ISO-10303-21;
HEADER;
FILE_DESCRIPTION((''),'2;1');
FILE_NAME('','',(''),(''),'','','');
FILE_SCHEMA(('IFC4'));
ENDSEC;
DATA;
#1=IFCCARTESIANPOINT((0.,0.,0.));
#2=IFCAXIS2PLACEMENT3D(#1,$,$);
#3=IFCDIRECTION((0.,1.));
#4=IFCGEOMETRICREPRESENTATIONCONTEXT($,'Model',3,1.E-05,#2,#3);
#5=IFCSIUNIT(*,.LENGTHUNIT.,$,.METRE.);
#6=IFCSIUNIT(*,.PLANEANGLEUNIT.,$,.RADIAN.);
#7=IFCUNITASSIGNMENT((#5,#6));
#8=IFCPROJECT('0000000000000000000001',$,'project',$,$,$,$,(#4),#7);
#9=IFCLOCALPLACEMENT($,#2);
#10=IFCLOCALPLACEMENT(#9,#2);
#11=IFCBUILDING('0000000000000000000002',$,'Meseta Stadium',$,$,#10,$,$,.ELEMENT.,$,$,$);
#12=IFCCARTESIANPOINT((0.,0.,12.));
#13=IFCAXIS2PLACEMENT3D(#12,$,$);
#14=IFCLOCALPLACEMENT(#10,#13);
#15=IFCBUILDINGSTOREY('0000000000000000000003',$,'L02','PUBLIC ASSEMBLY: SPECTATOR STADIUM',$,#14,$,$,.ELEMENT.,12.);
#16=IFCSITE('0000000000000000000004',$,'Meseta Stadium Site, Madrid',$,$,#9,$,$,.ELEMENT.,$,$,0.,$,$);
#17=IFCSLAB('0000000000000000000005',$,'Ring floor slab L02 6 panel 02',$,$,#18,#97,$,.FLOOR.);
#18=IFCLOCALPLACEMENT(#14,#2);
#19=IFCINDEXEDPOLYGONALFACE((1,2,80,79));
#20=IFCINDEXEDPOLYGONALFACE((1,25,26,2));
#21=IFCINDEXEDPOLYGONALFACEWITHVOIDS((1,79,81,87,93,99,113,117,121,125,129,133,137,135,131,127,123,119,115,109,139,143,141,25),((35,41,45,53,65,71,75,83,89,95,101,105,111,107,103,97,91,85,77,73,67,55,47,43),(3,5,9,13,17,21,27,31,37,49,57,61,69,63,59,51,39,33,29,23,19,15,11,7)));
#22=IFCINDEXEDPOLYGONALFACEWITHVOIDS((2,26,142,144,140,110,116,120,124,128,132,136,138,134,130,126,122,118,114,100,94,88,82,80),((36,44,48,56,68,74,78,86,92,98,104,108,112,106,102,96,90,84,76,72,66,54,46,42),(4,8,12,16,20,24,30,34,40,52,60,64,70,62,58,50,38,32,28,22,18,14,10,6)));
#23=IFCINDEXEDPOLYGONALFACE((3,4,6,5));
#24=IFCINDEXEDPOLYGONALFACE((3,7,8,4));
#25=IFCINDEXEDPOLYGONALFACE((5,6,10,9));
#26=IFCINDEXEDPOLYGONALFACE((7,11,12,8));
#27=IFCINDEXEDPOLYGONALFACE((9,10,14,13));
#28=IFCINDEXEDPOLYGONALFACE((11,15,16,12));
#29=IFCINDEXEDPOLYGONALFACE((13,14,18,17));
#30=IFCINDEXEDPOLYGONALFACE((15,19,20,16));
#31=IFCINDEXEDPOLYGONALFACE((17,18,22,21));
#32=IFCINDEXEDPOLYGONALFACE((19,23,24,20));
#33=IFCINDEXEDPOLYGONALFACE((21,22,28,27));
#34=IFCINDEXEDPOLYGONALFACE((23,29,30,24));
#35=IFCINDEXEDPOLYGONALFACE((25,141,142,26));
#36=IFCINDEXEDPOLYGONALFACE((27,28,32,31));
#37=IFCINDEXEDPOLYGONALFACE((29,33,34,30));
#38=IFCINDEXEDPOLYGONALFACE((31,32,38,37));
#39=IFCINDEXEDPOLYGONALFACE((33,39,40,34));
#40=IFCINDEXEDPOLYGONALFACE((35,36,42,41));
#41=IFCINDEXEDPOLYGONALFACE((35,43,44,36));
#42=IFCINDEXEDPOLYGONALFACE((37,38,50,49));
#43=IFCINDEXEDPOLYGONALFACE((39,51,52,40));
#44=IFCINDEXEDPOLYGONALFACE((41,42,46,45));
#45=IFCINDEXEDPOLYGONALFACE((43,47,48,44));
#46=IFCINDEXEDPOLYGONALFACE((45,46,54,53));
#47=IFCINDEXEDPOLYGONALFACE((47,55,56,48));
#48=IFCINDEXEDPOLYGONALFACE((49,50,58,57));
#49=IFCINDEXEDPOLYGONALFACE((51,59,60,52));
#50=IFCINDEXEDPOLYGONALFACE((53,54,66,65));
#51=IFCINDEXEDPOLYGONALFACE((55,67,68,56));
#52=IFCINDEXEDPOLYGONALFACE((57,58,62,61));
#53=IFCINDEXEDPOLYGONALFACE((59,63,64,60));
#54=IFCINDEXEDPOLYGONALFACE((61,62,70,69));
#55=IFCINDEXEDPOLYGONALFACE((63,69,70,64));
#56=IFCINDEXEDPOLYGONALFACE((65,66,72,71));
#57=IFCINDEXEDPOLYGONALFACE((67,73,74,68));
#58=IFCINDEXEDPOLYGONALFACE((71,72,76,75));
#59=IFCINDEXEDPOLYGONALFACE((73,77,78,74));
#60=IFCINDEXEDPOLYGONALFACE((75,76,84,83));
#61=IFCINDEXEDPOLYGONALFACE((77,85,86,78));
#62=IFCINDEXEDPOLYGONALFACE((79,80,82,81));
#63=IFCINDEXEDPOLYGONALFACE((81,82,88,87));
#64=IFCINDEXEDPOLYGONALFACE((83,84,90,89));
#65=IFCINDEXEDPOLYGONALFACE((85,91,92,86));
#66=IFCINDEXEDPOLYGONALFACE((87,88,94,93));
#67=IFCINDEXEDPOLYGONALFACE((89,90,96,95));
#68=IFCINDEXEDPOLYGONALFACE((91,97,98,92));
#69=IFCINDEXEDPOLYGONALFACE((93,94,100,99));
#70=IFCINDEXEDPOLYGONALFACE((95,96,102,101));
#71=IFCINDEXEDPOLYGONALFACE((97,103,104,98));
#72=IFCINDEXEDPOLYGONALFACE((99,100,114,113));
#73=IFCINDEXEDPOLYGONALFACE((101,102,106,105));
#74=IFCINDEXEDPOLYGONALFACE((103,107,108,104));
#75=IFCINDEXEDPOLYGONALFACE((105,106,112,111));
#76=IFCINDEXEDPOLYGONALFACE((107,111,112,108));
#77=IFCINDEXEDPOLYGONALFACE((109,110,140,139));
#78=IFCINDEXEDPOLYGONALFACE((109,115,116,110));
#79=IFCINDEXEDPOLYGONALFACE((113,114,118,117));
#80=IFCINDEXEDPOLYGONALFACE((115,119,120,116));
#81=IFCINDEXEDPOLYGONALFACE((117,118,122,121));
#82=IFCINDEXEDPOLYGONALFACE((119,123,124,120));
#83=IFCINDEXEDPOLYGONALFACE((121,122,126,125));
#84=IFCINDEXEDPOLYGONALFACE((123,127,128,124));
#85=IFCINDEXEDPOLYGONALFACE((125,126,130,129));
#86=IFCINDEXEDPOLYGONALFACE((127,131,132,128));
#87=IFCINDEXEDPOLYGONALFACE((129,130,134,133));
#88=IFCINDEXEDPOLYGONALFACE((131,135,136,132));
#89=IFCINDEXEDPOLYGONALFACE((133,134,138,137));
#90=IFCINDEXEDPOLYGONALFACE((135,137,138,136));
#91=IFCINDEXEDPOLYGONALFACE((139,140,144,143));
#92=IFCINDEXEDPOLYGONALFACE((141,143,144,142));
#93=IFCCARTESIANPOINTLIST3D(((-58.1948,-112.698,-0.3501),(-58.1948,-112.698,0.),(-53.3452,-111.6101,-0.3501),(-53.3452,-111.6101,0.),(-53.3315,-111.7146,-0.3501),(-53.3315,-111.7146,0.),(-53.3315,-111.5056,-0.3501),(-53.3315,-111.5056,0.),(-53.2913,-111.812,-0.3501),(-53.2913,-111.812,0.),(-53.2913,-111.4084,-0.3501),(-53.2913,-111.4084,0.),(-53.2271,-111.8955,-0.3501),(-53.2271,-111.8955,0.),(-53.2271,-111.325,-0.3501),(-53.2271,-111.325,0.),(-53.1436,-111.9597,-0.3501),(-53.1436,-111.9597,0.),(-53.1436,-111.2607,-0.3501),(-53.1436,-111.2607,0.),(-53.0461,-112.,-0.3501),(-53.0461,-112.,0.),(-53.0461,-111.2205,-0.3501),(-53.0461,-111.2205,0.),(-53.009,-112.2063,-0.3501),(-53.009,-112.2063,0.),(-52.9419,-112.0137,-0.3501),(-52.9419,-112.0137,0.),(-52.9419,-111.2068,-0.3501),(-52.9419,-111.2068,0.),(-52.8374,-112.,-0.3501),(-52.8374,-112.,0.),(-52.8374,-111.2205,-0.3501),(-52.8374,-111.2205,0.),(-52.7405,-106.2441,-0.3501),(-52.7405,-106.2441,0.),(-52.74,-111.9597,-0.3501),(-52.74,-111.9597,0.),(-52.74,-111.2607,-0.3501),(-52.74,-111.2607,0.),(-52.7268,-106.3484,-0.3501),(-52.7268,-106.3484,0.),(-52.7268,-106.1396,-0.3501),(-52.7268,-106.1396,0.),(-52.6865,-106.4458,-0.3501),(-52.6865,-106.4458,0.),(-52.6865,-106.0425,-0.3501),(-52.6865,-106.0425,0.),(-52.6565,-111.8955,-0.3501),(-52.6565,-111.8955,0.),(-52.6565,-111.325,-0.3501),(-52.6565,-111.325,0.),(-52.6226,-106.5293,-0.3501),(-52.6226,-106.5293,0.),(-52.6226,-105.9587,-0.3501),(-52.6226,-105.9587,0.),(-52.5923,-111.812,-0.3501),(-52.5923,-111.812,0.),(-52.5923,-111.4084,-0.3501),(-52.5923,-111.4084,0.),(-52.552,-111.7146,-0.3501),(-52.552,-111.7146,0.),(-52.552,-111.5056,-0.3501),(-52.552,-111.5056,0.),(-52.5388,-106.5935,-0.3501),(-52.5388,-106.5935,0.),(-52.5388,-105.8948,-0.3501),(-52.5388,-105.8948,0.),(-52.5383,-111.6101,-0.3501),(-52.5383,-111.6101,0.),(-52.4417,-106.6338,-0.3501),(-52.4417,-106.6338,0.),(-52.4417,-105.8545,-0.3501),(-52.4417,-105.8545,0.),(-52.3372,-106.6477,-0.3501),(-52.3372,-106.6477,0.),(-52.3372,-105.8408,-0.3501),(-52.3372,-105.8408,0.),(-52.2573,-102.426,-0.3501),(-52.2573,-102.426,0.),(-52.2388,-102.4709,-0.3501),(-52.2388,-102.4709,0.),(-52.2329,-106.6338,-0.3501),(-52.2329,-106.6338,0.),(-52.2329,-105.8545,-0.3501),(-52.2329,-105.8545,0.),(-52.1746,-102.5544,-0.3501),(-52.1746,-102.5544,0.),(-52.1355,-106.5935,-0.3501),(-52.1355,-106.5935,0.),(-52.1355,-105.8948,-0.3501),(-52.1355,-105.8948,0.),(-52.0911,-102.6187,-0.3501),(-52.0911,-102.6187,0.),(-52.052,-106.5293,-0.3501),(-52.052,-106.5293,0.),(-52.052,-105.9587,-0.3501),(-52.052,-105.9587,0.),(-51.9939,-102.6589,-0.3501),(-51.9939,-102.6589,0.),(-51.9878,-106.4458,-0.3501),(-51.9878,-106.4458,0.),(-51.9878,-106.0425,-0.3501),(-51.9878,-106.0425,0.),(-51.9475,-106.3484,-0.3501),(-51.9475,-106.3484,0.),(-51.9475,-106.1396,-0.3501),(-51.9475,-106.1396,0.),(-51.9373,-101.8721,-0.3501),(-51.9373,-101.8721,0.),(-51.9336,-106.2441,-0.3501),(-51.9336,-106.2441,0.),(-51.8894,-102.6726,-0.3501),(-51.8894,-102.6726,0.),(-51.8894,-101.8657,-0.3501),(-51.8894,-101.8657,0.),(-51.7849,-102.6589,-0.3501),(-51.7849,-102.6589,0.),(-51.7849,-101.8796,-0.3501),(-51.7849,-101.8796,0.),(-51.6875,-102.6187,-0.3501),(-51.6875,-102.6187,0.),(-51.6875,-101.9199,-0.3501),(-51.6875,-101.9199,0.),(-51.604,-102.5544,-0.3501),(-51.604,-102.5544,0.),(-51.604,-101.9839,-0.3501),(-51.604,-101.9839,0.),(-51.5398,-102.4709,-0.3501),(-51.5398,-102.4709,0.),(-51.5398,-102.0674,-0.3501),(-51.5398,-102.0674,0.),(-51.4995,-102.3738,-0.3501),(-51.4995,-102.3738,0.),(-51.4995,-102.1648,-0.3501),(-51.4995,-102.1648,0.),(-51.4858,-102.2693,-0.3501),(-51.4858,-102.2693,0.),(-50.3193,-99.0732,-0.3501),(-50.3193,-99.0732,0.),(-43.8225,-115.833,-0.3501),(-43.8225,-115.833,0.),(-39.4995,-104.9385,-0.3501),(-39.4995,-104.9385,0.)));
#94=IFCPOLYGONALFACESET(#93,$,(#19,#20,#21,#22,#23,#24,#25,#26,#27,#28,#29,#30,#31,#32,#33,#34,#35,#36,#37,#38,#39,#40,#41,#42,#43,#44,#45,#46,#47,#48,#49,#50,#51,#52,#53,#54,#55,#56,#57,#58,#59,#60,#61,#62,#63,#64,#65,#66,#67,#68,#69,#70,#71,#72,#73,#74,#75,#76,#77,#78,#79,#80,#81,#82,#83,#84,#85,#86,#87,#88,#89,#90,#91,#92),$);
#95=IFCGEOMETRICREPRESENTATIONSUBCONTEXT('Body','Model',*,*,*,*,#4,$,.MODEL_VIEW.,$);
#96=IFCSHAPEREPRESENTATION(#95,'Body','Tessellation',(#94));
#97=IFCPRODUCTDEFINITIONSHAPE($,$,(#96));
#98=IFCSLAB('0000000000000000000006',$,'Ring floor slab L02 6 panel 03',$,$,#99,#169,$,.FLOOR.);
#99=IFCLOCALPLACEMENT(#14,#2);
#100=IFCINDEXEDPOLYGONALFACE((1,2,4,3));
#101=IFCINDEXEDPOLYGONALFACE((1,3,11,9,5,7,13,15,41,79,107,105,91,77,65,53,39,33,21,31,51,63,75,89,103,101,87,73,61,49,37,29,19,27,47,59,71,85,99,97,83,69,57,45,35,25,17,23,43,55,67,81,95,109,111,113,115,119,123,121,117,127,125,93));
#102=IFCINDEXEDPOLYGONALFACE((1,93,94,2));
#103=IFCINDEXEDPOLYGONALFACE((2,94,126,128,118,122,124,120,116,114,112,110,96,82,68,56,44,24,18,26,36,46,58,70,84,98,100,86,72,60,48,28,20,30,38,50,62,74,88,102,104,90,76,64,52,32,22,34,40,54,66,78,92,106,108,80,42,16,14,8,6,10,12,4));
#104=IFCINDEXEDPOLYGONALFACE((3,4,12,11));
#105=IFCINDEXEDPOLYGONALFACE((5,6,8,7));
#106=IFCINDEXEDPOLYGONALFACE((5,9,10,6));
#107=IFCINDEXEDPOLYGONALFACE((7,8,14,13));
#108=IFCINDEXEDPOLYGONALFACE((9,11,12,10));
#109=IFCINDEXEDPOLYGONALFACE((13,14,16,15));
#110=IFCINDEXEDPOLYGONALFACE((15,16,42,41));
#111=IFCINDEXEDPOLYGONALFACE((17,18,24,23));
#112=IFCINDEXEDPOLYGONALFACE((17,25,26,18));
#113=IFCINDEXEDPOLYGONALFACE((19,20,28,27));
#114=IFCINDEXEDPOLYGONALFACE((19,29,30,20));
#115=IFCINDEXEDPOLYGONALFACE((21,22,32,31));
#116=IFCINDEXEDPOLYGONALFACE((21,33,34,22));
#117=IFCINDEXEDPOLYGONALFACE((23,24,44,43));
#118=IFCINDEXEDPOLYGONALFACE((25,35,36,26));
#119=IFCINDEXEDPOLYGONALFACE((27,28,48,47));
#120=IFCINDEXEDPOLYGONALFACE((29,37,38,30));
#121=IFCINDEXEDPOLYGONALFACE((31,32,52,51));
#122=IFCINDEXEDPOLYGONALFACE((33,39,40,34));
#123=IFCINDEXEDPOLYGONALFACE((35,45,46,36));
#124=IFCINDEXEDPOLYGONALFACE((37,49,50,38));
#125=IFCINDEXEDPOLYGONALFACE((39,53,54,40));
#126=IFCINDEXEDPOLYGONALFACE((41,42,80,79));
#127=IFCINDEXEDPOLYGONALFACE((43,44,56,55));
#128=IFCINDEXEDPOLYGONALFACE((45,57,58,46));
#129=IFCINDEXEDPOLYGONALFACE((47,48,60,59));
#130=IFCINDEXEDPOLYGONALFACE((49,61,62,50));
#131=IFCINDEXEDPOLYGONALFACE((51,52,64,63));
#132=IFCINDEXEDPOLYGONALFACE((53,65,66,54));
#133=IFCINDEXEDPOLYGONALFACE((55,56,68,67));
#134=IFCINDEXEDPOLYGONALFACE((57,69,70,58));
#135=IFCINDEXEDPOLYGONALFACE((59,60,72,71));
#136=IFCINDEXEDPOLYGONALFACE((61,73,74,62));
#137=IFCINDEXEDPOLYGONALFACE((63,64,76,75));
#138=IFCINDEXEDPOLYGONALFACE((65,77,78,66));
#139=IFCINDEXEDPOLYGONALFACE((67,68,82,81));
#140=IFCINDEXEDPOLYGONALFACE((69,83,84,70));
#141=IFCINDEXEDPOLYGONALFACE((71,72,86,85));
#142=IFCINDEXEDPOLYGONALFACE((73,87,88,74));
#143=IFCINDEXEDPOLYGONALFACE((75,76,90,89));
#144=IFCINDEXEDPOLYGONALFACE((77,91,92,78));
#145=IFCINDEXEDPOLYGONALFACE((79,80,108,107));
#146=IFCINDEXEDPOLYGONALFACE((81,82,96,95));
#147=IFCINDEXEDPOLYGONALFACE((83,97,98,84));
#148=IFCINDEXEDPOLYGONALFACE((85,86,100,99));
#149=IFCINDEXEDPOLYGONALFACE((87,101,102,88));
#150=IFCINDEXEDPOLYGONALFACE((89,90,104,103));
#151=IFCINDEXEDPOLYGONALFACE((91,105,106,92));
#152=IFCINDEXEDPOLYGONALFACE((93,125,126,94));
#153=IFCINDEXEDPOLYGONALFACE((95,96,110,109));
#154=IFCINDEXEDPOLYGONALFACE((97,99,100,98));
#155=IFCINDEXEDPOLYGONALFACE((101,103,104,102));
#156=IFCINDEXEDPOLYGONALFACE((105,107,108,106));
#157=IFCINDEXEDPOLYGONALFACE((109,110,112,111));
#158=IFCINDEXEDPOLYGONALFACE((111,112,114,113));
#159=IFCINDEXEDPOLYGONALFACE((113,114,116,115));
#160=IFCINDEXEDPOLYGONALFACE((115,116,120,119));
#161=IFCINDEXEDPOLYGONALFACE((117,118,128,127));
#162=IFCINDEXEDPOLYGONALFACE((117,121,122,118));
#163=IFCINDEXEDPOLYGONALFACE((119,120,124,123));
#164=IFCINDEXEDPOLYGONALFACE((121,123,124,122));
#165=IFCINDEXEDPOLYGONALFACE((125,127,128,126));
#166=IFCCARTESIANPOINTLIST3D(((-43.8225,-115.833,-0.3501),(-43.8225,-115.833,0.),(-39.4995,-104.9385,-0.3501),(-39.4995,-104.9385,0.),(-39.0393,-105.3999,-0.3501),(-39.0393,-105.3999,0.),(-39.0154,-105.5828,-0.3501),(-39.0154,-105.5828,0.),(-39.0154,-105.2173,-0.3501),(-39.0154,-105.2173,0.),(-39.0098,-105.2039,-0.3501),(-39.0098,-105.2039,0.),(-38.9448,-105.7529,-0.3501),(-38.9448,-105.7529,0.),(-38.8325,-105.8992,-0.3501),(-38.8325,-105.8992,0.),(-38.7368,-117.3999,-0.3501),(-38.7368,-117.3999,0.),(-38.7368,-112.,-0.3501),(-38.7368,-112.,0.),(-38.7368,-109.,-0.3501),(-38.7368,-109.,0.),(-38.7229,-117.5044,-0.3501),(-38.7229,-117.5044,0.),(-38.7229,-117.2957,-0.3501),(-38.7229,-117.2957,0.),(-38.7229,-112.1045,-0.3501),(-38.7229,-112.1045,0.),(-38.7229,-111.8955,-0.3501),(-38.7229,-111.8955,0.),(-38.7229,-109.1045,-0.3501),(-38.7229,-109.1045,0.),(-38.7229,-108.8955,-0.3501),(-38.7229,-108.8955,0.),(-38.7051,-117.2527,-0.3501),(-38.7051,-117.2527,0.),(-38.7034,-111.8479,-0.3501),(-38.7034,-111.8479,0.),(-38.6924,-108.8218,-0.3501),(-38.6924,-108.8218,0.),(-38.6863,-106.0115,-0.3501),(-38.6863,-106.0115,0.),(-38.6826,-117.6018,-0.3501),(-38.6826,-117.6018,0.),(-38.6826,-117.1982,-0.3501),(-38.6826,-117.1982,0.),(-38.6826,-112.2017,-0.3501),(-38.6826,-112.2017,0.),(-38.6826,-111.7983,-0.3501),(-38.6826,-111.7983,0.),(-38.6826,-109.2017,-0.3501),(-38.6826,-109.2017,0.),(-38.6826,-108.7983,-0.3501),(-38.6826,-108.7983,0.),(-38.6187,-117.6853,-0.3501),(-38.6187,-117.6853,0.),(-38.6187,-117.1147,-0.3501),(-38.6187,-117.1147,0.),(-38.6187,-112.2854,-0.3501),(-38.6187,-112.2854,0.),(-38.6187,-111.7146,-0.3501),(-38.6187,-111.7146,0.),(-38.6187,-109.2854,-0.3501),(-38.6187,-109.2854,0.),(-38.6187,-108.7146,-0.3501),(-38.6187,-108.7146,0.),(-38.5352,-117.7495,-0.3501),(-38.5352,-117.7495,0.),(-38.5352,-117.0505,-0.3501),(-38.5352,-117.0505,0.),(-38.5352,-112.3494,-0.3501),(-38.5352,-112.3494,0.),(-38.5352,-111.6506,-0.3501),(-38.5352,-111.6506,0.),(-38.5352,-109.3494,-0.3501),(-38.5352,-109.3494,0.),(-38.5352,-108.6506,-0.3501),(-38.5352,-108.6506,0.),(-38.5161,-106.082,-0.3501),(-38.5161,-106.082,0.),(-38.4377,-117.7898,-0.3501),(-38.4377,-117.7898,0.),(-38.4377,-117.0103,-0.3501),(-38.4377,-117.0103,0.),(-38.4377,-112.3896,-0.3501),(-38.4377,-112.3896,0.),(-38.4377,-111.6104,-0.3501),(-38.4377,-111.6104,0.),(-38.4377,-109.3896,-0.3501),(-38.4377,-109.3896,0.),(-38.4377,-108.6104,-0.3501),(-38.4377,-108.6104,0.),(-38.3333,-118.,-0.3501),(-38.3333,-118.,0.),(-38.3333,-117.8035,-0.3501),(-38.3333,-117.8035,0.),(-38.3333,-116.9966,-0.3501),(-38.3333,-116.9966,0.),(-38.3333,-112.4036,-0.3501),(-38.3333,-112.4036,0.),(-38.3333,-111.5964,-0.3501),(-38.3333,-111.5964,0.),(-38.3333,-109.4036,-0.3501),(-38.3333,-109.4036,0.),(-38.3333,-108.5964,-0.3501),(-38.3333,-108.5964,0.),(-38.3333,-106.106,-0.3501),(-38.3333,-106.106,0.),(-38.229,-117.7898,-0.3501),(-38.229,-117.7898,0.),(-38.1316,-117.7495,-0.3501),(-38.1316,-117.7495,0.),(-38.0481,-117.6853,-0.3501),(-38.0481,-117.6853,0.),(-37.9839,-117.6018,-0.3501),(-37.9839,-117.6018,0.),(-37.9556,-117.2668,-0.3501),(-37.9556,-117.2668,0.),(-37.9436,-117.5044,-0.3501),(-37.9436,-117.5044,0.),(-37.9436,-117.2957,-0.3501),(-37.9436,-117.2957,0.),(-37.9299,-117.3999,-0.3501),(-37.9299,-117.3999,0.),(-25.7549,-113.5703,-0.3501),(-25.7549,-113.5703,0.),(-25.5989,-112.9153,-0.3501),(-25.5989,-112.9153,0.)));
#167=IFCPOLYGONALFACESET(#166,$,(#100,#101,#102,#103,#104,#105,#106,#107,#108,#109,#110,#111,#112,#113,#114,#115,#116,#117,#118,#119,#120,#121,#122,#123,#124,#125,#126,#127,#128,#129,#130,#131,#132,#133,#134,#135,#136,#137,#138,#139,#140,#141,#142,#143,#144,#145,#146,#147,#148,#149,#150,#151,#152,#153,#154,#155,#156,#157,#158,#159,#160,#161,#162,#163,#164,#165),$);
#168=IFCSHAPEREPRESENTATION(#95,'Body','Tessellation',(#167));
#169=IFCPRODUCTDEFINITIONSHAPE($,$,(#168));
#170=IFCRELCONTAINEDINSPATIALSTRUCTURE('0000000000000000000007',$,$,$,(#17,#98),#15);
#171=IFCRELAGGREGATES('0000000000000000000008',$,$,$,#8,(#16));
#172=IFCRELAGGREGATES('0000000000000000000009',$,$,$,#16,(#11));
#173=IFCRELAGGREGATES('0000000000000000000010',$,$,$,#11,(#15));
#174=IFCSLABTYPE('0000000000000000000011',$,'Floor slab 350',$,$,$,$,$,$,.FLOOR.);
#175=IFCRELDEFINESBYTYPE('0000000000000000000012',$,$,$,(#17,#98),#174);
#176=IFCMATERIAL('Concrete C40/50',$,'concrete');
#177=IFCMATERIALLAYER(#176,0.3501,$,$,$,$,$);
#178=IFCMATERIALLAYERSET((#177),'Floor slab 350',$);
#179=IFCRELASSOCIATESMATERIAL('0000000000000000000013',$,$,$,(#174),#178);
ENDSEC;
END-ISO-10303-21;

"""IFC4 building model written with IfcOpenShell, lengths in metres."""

from ifc_helpers import new_model, si_unit, direction, frame, origin, place, context, subcontext, project, spatial, polyline, outline, extrude, material, layer, layer_set, type_object, element, save


model = new_model("IFC4")

# Units and contexts
model_context = context("Model", 3, precision=1e-05, world=origin(), true_north=direction((0.0, 1.0)))
body_context = subcontext(model_context, "Body", "Model", "MODEL_VIEW")
ifc_project = project(units=[si_unit("LENGTHUNIT", "METRE"), si_unit("PLANEANGLEUNIT", "RADIAN")], contexts=[model_context])

# Site, building, storey
site_placement = place(None, origin())
site = spatial("IfcSite", under=ifc_project, at=site_placement, Name="Meseta Stadium Site, Madrid", CompositionType="ELEMENT", RefElevation=0.0)
building_placement = place(site_placement, origin())
building = spatial("IfcBuilding", under=site, at=building_placement, Name="Meseta Stadium", CompositionType="ELEMENT")
storey_placement = place(building_placement, frame((0.0, 0.0, 12.0)))
storey = spatial("IfcBuildingStorey", under=building, at=storey_placement, Name="L02", Description="PUBLIC ASSEMBLY: SPECTATOR STADIUM", CompositionType="ELEMENT", Elevation=12.0)

# Slabs
ifc_material_1 = material(Name="Concrete C40/50", Category="concrete")
ifc_layer_1 = layer(ifc_material_1, 0.3501)
ifc_layer_set_1 = layer_set([ifc_layer_1], Name="Floor slab 350")
slab_type_1 = type_object("IfcSlabType", Name="Floor slab 350", PredefinedType="FLOOR", material=ifc_layer_set_1)
slab_1_placement = place(storey_placement, frame((0.0, 0.0, -0.3501)))
element("IfcSlab", 1, at=slab_1_placement, inside=storey, type_object=slab_type_1, Name="Ring floor slab L02 6 panel 02", PredefinedType="FLOOR", context=body_context, shape_type="SweptSolid", body=[
    extrude(outline(polyline([(-50.3193, -99.0732), (-51.9373, -101.8721), (-51.8894, -101.8657), (-51.7849, -101.8796), (-51.6875, -101.9199), (-51.604, -101.9839), (-51.5398, -102.0674), (-51.4995, -102.1648), (-51.4858, -102.2693), (-51.4995, -102.3738), (-51.5398, -102.4709), (-51.604, -102.5544), (-51.6875, -102.6187), (-51.7849, -102.6589), (-51.8894, -102.6726), (-51.9939, -102.6589), (-52.0911, -102.6187), (-52.1746, -102.5544), (-52.2388, -102.4709), (-52.2573, -102.426), (-58.1948, -112.698), (-53.009, -112.2063), (-43.8225, -115.833), (-39.4995, -104.9385), (-50.3193, -99.0732)]), holes=[polyline([(-52.7268, -106.1396), (-52.6865, -106.0425), (-52.6226, -105.9587), (-52.5388, -105.8948), (-52.4417, -105.8545), (-52.3372, -105.8408), (-52.2329, -105.8545), (-52.1355, -105.8948), (-52.052, -105.9587), (-51.9878, -106.0425), (-51.9475, -106.1396), (-51.9336, -106.2441), (-51.9475, -106.3484), (-51.9878, -106.4458), (-52.052, -106.5293), (-52.1355, -106.5935), (-52.2329, -106.6338), (-52.3372, -106.6477), (-52.4417, -106.6338), (-52.5388, -106.5935), (-52.6226, -106.5293), (-52.6865, -106.4458), (-52.7268, -106.3484), (-52.7405, -106.2441), (-52.7268, -106.1396)]), polyline([(-52.8374, -112.0), (-52.9419, -112.0137), (-53.0461, -112.0), (-53.1436, -111.9597), (-53.2271, -111.8955), (-53.2913, -111.812), (-53.3315, -111.7146), (-53.3452, -111.6101), (-53.3315, -111.5056), (-53.2913, -111.4084), (-53.2271, -111.325), (-53.1436, -111.2607), (-53.0461, -111.2205), (-52.9419, -111.2068), (-52.8374, -111.2205), (-52.74, -111.2607), (-52.6565, -111.325), (-52.5923, -111.4084), (-52.552, -111.5056), (-52.5383, -111.6101), (-52.552, -111.7146), (-52.5923, -111.812), (-52.6565, -111.8955), (-52.74, -111.9597), (-52.8374, -112.0)])]), origin(), (0.0, 0.0, 1.0), 0.3501),
])
slab_2_placement = place(storey_placement, frame((0.0, 0.0, -0.3501)))
element("IfcSlab", 2, at=slab_2_placement, inside=storey, type_object=slab_type_1, Name="Ring floor slab L02 6 panel 03", PredefinedType="FLOOR", context=body_context, shape_type="SweptSolid", body=[
    extrude(outline(polyline([(-39.0098, -105.2039), (-39.4995, -104.9385), (-43.8225, -115.833), (-38.3333, -118.0), (-25.7549, -113.5703), (-25.5989, -112.9153), (-37.9556, -117.2668), (-37.9436, -117.2957), (-37.9299, -117.3999), (-37.9436, -117.5044), (-37.9839, -117.6018), (-38.0481, -117.6853), (-38.1316, -117.7495), (-38.229, -117.7898), (-38.3333, -117.8035), (-38.4377, -117.7898), (-38.5352, -117.7495), (-38.6187, -117.6853), (-38.6826, -117.6018), (-38.7229, -117.5044), (-38.7368, -117.3999), (-38.7229, -117.2957), (-38.7051, -117.2527), (-38.6826, -117.1982), (-38.6187, -117.1147), (-38.5352, -117.0505), (-38.4377, -117.0103), (-38.3333, -116.9966), (-38.3333, -112.4036), (-38.4377, -112.3896), (-38.5352, -112.3494), (-38.6187, -112.2854), (-38.6826, -112.2017), (-38.7229, -112.1045), (-38.7368, -112.0), (-38.7229, -111.8955), (-38.7034, -111.8479), (-38.6826, -111.7983), (-38.6187, -111.7146), (-38.5352, -111.6506), (-38.4377, -111.6104), (-38.3333, -111.5964), (-38.3333, -109.4036), (-38.4377, -109.3896), (-38.5352, -109.3494), (-38.6187, -109.2854), (-38.6826, -109.2017), (-38.7229, -109.1045), (-38.7368, -109.0), (-38.7229, -108.8955), (-38.6924, -108.8218), (-38.6826, -108.7983), (-38.6187, -108.7146), (-38.5352, -108.6506), (-38.4377, -108.6104), (-38.3333, -108.5964), (-38.3333, -106.106), (-38.5161, -106.082), (-38.6863, -106.0115), (-38.8325, -105.8992), (-38.9448, -105.7529), (-39.0154, -105.5828), (-39.0393, -105.3999), (-39.0154, -105.2173), (-39.0098, -105.2039)])), origin(), (0.0, 0.0, 1.0), 0.3501),
])

save(model, "model.ifc")
